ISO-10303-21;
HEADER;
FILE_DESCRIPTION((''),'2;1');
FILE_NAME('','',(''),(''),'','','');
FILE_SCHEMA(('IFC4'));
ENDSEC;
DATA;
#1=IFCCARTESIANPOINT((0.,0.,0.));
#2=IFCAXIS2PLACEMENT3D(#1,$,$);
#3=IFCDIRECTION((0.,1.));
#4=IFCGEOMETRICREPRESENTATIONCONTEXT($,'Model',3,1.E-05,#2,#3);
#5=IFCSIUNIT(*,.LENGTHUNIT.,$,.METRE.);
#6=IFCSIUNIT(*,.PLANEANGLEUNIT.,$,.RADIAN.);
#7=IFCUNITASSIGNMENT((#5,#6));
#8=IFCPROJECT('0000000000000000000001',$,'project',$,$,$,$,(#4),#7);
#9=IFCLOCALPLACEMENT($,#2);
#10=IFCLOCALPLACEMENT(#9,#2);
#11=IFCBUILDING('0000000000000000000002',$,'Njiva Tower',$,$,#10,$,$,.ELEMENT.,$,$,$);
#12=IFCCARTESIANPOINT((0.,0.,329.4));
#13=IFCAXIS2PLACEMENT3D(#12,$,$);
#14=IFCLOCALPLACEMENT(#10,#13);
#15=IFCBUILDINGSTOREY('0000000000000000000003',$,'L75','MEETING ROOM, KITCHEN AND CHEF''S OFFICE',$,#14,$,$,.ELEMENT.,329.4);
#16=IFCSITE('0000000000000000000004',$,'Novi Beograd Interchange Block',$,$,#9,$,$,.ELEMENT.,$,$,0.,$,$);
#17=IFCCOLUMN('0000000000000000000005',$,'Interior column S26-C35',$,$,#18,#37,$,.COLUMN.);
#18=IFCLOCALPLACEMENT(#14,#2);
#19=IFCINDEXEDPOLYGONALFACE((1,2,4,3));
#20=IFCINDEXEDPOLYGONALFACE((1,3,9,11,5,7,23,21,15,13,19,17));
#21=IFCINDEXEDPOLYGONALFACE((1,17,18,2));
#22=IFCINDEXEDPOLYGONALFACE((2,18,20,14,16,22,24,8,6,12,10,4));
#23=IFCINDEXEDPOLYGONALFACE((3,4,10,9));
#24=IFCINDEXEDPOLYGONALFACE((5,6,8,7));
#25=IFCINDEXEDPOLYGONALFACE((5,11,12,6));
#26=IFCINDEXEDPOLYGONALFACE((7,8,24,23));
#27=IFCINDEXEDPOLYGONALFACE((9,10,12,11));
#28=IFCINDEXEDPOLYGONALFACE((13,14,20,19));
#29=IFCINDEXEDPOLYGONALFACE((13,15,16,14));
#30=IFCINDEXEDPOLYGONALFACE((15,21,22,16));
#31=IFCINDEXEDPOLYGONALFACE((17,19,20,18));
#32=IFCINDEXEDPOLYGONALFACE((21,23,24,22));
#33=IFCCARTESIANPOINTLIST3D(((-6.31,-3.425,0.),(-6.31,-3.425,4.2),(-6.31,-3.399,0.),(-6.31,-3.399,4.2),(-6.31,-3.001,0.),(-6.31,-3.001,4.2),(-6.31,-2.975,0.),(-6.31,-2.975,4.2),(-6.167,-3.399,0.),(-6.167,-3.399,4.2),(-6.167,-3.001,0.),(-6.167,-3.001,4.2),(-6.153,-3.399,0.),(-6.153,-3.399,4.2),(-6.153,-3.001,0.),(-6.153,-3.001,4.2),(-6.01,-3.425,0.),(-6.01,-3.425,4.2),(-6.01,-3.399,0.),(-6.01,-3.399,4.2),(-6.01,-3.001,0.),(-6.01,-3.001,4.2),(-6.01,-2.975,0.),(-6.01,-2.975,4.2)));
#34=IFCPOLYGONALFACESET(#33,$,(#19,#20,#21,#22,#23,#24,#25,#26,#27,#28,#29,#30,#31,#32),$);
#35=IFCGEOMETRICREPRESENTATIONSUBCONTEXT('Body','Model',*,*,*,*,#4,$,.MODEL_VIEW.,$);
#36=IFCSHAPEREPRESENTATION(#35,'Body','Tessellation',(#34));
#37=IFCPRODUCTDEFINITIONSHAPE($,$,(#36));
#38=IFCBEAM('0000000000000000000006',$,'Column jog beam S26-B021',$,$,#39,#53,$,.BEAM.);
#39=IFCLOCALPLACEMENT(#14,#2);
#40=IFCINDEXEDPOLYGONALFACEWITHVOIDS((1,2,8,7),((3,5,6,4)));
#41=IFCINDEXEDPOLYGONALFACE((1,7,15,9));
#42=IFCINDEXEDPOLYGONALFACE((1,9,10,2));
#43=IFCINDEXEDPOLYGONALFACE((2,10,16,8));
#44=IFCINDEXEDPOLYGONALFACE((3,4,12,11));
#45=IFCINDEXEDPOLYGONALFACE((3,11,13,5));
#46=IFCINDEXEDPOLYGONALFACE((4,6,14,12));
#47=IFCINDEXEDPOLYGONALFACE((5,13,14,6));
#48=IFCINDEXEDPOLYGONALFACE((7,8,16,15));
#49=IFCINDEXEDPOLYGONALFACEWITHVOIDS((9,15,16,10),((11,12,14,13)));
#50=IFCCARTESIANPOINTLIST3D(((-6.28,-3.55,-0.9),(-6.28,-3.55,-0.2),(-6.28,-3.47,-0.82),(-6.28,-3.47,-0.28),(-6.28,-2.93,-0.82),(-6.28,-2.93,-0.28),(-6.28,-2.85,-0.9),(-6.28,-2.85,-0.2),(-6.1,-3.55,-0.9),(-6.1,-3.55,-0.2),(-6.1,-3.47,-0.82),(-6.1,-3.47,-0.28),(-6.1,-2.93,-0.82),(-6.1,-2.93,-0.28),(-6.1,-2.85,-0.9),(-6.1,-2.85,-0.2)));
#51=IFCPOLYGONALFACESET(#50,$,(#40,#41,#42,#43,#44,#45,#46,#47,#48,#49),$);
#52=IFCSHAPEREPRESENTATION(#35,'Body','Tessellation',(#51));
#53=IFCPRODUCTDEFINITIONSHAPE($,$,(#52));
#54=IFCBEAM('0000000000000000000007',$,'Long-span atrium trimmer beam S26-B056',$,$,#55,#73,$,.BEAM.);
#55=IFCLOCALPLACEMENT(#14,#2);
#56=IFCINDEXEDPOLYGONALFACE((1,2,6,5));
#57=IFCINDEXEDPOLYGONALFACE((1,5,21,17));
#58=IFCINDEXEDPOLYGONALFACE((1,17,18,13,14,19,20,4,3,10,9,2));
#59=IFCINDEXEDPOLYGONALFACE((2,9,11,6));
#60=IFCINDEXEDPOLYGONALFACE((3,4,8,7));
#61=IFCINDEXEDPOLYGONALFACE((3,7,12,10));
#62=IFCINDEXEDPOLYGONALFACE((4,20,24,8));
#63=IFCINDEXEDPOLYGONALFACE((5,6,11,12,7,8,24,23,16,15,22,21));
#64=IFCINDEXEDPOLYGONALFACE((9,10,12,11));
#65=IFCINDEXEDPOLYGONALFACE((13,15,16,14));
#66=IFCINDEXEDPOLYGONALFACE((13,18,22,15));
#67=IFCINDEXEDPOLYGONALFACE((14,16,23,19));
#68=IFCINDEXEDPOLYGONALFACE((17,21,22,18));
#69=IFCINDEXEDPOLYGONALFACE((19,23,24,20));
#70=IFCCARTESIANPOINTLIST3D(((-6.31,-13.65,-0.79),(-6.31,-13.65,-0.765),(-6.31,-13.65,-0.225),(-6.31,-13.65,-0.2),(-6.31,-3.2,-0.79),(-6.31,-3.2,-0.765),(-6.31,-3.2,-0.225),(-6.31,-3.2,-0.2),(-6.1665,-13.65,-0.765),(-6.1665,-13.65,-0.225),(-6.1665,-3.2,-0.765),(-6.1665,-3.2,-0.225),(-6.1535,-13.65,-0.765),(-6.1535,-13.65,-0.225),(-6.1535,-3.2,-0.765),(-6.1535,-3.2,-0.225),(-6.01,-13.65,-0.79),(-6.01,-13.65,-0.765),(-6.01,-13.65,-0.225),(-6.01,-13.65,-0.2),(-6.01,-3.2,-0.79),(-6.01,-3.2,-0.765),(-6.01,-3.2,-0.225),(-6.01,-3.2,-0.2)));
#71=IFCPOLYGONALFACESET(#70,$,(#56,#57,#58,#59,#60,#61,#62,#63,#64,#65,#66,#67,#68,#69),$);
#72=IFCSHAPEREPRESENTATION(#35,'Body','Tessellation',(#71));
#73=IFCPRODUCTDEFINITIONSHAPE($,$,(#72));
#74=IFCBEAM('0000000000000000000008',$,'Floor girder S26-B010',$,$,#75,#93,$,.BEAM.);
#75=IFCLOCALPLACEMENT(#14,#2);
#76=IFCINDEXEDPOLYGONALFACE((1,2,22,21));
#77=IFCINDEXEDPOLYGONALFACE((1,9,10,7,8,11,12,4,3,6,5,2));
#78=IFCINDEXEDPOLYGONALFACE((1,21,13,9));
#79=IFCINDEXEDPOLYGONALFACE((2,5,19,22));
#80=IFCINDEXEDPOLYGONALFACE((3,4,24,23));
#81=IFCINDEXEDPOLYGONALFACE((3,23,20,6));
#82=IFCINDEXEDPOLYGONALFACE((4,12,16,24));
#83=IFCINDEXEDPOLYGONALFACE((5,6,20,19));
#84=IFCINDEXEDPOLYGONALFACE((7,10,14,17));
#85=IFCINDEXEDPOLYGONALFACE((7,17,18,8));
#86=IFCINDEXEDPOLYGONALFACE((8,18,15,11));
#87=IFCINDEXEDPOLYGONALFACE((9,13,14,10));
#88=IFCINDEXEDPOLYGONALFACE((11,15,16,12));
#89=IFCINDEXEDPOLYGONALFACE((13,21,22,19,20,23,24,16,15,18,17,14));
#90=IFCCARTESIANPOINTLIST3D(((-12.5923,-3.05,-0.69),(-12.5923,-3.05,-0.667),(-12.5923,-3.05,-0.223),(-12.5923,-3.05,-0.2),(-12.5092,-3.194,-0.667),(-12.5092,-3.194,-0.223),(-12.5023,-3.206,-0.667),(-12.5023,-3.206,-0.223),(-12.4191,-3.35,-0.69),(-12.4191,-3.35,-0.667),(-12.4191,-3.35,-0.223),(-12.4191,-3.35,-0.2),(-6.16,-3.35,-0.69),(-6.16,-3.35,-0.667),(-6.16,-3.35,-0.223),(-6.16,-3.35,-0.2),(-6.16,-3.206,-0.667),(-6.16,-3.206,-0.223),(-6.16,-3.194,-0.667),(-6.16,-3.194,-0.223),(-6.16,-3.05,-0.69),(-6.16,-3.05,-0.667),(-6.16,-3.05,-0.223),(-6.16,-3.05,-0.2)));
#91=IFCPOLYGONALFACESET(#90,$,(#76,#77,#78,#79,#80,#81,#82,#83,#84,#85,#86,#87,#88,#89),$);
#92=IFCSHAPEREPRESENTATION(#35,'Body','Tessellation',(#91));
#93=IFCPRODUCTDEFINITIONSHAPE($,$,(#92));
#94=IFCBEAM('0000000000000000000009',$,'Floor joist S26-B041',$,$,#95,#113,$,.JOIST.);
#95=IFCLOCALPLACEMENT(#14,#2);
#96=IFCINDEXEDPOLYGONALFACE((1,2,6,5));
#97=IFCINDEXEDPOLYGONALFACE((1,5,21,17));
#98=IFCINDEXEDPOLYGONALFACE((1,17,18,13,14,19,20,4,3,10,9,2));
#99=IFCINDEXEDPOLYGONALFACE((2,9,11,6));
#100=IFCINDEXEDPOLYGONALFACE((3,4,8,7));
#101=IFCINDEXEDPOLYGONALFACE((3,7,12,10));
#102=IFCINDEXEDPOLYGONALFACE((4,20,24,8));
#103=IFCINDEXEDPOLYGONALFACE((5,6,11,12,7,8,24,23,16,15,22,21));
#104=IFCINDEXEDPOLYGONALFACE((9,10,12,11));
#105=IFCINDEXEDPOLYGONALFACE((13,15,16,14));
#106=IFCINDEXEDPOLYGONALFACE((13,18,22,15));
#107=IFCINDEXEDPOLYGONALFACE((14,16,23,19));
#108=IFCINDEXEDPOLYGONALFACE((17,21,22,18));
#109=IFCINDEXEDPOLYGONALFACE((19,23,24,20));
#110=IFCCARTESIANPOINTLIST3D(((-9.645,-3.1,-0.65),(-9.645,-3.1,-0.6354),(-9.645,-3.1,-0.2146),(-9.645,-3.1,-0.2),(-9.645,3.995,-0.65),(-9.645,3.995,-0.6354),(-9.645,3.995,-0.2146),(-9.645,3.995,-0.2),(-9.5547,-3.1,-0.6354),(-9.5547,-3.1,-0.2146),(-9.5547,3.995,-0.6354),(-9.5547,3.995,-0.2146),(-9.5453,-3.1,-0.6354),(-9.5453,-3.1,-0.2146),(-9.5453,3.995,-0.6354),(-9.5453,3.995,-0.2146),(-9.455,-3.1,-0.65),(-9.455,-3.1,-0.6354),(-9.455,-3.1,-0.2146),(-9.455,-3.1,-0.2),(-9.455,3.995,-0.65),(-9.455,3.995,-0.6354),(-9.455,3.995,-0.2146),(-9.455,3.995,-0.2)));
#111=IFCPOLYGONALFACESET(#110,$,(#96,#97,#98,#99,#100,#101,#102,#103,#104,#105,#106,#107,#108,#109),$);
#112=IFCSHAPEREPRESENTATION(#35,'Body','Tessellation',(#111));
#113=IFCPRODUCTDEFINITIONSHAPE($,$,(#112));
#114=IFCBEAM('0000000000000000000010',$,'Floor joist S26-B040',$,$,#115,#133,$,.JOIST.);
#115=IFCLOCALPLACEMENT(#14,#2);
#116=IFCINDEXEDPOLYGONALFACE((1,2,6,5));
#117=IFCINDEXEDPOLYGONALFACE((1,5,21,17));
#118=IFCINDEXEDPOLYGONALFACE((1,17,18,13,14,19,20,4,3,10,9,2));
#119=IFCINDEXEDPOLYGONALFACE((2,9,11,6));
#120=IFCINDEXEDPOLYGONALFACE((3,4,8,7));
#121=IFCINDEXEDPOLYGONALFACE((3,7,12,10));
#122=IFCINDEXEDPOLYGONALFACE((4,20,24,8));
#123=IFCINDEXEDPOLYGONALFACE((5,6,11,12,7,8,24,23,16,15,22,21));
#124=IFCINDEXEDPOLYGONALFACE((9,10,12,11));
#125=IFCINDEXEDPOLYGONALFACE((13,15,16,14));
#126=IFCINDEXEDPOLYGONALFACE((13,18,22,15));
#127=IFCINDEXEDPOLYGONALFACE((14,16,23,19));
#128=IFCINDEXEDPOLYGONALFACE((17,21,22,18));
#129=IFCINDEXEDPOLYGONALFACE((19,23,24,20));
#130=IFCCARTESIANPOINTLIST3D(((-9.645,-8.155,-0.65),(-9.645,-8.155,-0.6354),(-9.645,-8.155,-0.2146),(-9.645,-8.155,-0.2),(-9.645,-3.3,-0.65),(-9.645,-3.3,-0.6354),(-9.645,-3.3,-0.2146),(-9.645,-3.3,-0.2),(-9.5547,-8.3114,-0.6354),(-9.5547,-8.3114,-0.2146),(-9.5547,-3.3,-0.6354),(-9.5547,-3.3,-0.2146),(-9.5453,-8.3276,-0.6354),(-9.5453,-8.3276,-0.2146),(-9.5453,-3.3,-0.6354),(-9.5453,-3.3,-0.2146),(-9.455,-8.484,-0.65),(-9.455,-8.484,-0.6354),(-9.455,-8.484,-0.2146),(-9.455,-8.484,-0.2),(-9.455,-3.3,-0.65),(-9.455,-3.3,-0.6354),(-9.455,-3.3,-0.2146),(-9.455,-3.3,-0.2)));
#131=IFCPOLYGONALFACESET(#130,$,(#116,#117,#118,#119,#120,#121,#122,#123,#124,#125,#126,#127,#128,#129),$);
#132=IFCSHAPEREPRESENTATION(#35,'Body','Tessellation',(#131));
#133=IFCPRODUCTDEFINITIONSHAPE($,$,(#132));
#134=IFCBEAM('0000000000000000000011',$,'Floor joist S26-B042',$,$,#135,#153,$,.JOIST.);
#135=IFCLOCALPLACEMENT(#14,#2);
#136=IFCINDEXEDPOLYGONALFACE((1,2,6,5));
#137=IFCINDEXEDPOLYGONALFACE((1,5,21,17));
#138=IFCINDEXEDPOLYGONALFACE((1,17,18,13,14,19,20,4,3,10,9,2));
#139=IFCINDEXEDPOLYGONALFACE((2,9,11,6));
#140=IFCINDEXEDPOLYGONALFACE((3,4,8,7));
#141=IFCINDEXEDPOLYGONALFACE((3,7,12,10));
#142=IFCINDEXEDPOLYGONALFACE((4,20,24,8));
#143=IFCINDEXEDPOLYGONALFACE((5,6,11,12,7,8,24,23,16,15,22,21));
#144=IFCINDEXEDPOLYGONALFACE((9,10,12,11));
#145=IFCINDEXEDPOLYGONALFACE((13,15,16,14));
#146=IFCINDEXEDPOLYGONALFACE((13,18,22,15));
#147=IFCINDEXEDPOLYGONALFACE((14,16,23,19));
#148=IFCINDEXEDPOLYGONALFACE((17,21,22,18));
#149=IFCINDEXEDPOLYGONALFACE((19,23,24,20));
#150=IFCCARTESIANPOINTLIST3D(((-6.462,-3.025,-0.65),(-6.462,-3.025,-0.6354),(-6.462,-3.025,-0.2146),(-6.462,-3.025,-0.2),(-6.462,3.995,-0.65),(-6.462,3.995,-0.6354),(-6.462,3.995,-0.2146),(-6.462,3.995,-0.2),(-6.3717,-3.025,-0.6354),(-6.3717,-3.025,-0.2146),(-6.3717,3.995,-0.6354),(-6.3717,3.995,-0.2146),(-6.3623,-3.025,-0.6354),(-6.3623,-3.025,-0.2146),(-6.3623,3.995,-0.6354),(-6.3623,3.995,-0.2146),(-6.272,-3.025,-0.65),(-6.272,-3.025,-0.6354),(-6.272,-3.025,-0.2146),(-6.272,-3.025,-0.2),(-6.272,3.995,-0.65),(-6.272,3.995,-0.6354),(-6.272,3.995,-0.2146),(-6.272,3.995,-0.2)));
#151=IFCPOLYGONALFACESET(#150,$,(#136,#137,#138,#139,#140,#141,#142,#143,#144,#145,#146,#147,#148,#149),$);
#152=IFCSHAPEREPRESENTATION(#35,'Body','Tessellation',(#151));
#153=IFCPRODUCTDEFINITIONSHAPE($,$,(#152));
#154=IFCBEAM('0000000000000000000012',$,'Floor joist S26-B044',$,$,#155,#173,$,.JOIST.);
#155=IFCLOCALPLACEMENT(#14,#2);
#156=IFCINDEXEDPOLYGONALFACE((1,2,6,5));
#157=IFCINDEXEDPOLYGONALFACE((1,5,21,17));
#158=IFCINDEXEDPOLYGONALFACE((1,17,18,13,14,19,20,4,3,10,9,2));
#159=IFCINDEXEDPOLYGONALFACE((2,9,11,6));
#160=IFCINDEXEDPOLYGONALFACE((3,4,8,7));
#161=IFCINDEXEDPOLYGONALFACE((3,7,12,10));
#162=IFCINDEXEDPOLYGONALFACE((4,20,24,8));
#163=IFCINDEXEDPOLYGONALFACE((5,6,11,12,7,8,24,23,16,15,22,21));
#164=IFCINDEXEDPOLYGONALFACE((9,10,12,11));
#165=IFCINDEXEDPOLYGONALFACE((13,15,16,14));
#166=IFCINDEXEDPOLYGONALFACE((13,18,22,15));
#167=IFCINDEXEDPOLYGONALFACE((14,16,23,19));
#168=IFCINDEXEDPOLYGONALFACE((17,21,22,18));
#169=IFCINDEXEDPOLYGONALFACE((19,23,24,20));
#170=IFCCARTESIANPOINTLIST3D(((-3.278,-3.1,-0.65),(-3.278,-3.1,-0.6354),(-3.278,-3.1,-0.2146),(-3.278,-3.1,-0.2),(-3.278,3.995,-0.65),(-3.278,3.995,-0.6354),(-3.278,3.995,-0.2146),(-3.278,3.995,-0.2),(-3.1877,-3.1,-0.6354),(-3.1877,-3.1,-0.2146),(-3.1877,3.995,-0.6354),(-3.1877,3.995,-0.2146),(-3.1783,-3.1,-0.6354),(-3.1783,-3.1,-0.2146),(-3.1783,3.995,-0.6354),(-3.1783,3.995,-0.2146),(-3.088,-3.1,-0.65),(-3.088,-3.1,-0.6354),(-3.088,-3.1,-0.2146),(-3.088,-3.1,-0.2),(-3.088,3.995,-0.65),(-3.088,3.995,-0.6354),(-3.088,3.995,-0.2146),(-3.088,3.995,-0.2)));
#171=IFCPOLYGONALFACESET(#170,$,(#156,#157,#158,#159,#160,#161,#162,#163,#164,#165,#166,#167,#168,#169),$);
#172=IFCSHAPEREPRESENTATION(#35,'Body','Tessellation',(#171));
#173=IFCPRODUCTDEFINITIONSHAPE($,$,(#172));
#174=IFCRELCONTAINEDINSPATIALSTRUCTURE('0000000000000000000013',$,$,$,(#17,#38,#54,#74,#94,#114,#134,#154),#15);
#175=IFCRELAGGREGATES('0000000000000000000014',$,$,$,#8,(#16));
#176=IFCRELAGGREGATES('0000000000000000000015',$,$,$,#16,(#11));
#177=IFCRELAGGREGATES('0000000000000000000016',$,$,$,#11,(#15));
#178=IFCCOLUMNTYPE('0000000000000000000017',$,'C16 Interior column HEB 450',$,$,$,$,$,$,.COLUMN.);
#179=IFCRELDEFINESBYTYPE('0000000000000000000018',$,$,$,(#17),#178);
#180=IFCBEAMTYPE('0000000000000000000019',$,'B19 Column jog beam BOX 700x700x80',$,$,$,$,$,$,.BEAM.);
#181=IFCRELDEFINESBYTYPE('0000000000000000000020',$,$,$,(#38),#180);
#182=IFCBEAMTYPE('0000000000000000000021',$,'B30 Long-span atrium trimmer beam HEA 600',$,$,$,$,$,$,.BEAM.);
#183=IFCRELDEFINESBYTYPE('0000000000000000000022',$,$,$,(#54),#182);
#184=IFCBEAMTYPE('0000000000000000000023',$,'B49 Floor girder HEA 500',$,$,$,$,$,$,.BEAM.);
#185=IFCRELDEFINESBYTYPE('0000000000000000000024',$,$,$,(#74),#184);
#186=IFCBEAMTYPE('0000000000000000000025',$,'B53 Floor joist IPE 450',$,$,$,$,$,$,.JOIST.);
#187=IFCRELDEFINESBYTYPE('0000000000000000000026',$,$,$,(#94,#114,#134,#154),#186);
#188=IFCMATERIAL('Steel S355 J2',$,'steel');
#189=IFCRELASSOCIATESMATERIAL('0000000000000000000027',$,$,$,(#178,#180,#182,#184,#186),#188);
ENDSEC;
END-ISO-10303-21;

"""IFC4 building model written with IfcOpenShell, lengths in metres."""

from ifc_helpers import new_model, si_unit, direction, frame, origin, origin_2d, place, context, subcontext, project, spatial, hollow_rectangle, i_section, extrude, clip, halfspace, material, material_profile, profile_set, type_object, element, save


model = new_model("IFC4")

# Units and contexts
model_context = context("Model", 3, precision=1e-05, world=origin(), true_north=direction((0.0, 1.0)))
body_context = subcontext(model_context, "Body", "Model", "MODEL_VIEW")
ifc_project = project(units=[si_unit("LENGTHUNIT", "METRE"), si_unit("PLANEANGLEUNIT", "RADIAN")], contexts=[model_context])

# Site, building, storey
site_placement = place(None, origin())
site = spatial("IfcSite", under=ifc_project, at=site_placement, Name="Novi Beograd Interchange Block", CompositionType="ELEMENT", RefElevation=0.0)
building_placement = place(site_placement, origin())
building = spatial("IfcBuilding", under=site, at=building_placement, Name="Njiva Tower", CompositionType="ELEMENT")
storey_placement = place(building_placement, frame((0.0, 0.0, 329.4)))
storey = spatial("IfcBuildingStorey", under=building, at=storey_placement, Name="L75", Description="MEETING ROOM, KITCHEN AND CHEF'S OFFICE", CompositionType="ELEMENT", Elevation=329.4)

# Column
ifc_material_1 = material(Name="Steel S355 J2", Category="steel")
ifc_material_profile_1 = material_profile(ifc_material_1, i_section(OverallWidth=0.3, OverallDepth=0.45, WebThickness=0.014, FlangeThickness=0.026, at=origin_2d()), Name="HEB 450")
ifc_profile_set_1 = profile_set([ifc_material_profile_1], Name="Steel S355 J2")
column_type = type_object("IfcColumnType", Name="C16 Interior column HEB 450", PredefinedType="COLUMN", material=ifc_profile_set_1)
column_placement = place(storey_placement, frame((-6.16, -3.2, 0.0), z_axis=(0.0, 0.0, 1.0), x_axis=(1.0, 0.0, 0.0)))
element("IfcColumn", 1, at=column_placement, inside=storey, type_object=column_type, Name="Interior column S26-C35", PredefinedType="COLUMN", context=body_context, shape_type="SweptSolid", body=[
    extrude(i_section(OverallWidth=0.3, OverallDepth=0.45, WebThickness=0.014, FlangeThickness=0.026, at=origin_2d()), origin(), (0.0, 0.0, 1.0), 4.2),
])

# Beams
ifc_material_profile_2 = material_profile(ifc_material_1, hollow_rectangle(XDim=0.7, YDim=0.7, WallThickness=0.08, at=origin_2d()), Name="BOX 700x700x80")
ifc_profile_set_2 = profile_set([ifc_material_profile_2], Name="Steel S355 J2")
beam_type_1 = type_object("IfcBeamType", Name="B19 Column jog beam BOX 700x700x80", PredefinedType="BEAM", material=ifc_profile_set_2)
beam_1_placement = place(storey_placement, frame((-6.28, -3.2, -0.55), z_axis=(1.0, 0.0, 0.0), x_axis=(0.0, 1.0, 0.0)))
element("IfcBeam", 2, at=beam_1_placement, inside=storey, type_object=beam_type_1, Name="Column jog beam S26-B021", PredefinedType="BEAM", context=body_context, shape_type="SweptSolid", body=[
    extrude(hollow_rectangle(XDim=0.7, YDim=0.7, WallThickness=0.08, at=origin_2d()), origin(), (0.0, 0.0, 1.0), 0.18),
])
ifc_material_profile_3 = material_profile(ifc_material_1, i_section(OverallWidth=0.3, OverallDepth=0.59, WebThickness=0.013, FlangeThickness=0.025, at=origin_2d()), Name="HEA 600")
ifc_profile_set_3 = profile_set([ifc_material_profile_3], Name="Steel S355 J2")
beam_type_2 = type_object("IfcBeamType", Name="B30 Long-span atrium trimmer beam HEA 600", PredefinedType="BEAM", material=ifc_profile_set_3)
beam_2_placement = place(storey_placement, frame((-6.16, -3.2, -0.495), z_axis=(0.0, -1.0, 0.0), x_axis=(1.0, 0.0, 0.0)))
element("IfcBeam", 3, at=beam_2_placement, inside=storey, type_object=beam_type_2, Name="Long-span atrium trimmer beam S26-B056", PredefinedType="BEAM", context=body_context, shape_type="SweptSolid", body=[
    extrude(i_section(OverallWidth=0.3, OverallDepth=0.59, WebThickness=0.013, FlangeThickness=0.025, at=origin_2d()), origin(), (0.0, 0.0, 1.0), 10.45),
])
ifc_material_profile_4 = material_profile(ifc_material_1, i_section(OverallWidth=0.3, OverallDepth=0.49, WebThickness=0.012, FlangeThickness=0.023, at=origin_2d()), Name="HEA 500")
ifc_profile_set_4 = profile_set([ifc_material_profile_4], Name="Steel S355 J2")
beam_type_3 = type_object("IfcBeamType", Name="B49 Floor girder HEA 500", PredefinedType="BEAM", material=ifc_profile_set_4)
beam_3_placement = place(storey_placement, frame((-12.613, -3.2, -0.445), z_axis=(1.0, 0.0, 0.0), x_axis=(0.0, 1.0, 0.0)))
element("IfcBeam", 4, at=beam_3_placement, inside=storey, type_object=beam_type_3, Name="Floor girder S26-B010", PredefinedType="BEAM", context=body_context, shape_type="Clipping", body=[
    clip(extrude(i_section(OverallWidth=0.3, OverallDepth=0.49, WebThickness=0.012, FlangeThickness=0.023, at=origin_2d()), origin(), (0.0, 0.0, 1.0), 6.453), halfspace(frame((-0.025, 0.0, 0.1217), z_axis=(-0.499998, 0.0, -0.866027), x_axis=(0.0, -1.0, 0.0)), False)),
])
ifc_material_profile_5 = material_profile(ifc_material_1, i_section(OverallWidth=0.19, OverallDepth=0.45, WebThickness=0.0094, FlangeThickness=0.0146, at=origin_2d()), Name="IPE 450")
ifc_profile_set_5 = profile_set([ifc_material_profile_5], Name="Steel S355 J2")
beam_type_4 = type_object("IfcBeamType", Name="B53 Floor joist IPE 450", PredefinedType="JOIST", material=ifc_profile_set_5)
beam_4_placement = place(storey_placement, frame((-9.55, 3.995, -0.425), z_axis=(0.0, -1.0, 0.0), x_axis=(1.0, 0.0, 0.0)))
element("IfcBeam", 5, at=beam_4_placement, inside=storey, type_object=beam_type_4, Name="Floor joist S26-B041", PredefinedType="JOIST", context=body_context, shape_type="SweptSolid", body=[
    extrude(i_section(OverallWidth=0.19, OverallDepth=0.45, WebThickness=0.0094, FlangeThickness=0.0146, at=origin_2d()), origin(), (0.0, 0.0, 1.0), 7.095),
])
beam_5_placement = place(storey_placement, frame((-9.55, -3.3, -0.425), z_axis=(0.0, -1.0, 0.0), x_axis=(1.0, 0.0, 0.0)))
element("IfcBeam", 6, at=beam_5_placement, inside=storey, type_object=beam_type_4, Name="Floor joist S26-B040", PredefinedType="JOIST", context=body_context, shape_type="Clipping", body=[
    clip(extrude(i_section(OverallWidth=0.19, OverallDepth=0.45, WebThickness=0.0094, FlangeThickness=0.0146, at=origin_2d()), origin(), (0.0, 0.0, 1.0), 5.205), halfspace(frame((-0.0433, 0.0, 4.9445), z_axis=(-0.866027, 0.0, 0.499998), x_axis=(0.0, 1.0, 0.0)), False)),
])
beam_6_placement = place(storey_placement, frame((-6.367, 3.995, -0.425), z_axis=(0.0, -1.0, 0.0), x_axis=(1.0, 0.0, 0.0)))
element("IfcBeam", 7, at=beam_6_placement, inside=storey, type_object=beam_type_4, Name="Floor joist S26-B042", PredefinedType="JOIST", context=body_context, shape_type="SweptSolid", body=[
    extrude(i_section(OverallWidth=0.19, OverallDepth=0.45, WebThickness=0.0094, FlangeThickness=0.0146, at=origin_2d()), origin(), (0.0, 0.0, 1.0), 7.02),
])
beam_7_placement = place(storey_placement, frame((-3.183, 3.995, -0.425), z_axis=(0.0, -1.0, 0.0), x_axis=(1.0, 0.0, 0.0)))
element("IfcBeam", 8, at=beam_7_placement, inside=storey, type_object=beam_type_4, Name="Floor joist S26-B044", PredefinedType="JOIST", context=body_context, shape_type="SweptSolid", body=[
    extrude(i_section(OverallWidth=0.19, OverallDepth=0.45, WebThickness=0.0094, FlangeThickness=0.0146, at=origin_2d()), origin(), (0.0, 0.0, 1.0), 7.095),
])

save(model, "model.ifc")
